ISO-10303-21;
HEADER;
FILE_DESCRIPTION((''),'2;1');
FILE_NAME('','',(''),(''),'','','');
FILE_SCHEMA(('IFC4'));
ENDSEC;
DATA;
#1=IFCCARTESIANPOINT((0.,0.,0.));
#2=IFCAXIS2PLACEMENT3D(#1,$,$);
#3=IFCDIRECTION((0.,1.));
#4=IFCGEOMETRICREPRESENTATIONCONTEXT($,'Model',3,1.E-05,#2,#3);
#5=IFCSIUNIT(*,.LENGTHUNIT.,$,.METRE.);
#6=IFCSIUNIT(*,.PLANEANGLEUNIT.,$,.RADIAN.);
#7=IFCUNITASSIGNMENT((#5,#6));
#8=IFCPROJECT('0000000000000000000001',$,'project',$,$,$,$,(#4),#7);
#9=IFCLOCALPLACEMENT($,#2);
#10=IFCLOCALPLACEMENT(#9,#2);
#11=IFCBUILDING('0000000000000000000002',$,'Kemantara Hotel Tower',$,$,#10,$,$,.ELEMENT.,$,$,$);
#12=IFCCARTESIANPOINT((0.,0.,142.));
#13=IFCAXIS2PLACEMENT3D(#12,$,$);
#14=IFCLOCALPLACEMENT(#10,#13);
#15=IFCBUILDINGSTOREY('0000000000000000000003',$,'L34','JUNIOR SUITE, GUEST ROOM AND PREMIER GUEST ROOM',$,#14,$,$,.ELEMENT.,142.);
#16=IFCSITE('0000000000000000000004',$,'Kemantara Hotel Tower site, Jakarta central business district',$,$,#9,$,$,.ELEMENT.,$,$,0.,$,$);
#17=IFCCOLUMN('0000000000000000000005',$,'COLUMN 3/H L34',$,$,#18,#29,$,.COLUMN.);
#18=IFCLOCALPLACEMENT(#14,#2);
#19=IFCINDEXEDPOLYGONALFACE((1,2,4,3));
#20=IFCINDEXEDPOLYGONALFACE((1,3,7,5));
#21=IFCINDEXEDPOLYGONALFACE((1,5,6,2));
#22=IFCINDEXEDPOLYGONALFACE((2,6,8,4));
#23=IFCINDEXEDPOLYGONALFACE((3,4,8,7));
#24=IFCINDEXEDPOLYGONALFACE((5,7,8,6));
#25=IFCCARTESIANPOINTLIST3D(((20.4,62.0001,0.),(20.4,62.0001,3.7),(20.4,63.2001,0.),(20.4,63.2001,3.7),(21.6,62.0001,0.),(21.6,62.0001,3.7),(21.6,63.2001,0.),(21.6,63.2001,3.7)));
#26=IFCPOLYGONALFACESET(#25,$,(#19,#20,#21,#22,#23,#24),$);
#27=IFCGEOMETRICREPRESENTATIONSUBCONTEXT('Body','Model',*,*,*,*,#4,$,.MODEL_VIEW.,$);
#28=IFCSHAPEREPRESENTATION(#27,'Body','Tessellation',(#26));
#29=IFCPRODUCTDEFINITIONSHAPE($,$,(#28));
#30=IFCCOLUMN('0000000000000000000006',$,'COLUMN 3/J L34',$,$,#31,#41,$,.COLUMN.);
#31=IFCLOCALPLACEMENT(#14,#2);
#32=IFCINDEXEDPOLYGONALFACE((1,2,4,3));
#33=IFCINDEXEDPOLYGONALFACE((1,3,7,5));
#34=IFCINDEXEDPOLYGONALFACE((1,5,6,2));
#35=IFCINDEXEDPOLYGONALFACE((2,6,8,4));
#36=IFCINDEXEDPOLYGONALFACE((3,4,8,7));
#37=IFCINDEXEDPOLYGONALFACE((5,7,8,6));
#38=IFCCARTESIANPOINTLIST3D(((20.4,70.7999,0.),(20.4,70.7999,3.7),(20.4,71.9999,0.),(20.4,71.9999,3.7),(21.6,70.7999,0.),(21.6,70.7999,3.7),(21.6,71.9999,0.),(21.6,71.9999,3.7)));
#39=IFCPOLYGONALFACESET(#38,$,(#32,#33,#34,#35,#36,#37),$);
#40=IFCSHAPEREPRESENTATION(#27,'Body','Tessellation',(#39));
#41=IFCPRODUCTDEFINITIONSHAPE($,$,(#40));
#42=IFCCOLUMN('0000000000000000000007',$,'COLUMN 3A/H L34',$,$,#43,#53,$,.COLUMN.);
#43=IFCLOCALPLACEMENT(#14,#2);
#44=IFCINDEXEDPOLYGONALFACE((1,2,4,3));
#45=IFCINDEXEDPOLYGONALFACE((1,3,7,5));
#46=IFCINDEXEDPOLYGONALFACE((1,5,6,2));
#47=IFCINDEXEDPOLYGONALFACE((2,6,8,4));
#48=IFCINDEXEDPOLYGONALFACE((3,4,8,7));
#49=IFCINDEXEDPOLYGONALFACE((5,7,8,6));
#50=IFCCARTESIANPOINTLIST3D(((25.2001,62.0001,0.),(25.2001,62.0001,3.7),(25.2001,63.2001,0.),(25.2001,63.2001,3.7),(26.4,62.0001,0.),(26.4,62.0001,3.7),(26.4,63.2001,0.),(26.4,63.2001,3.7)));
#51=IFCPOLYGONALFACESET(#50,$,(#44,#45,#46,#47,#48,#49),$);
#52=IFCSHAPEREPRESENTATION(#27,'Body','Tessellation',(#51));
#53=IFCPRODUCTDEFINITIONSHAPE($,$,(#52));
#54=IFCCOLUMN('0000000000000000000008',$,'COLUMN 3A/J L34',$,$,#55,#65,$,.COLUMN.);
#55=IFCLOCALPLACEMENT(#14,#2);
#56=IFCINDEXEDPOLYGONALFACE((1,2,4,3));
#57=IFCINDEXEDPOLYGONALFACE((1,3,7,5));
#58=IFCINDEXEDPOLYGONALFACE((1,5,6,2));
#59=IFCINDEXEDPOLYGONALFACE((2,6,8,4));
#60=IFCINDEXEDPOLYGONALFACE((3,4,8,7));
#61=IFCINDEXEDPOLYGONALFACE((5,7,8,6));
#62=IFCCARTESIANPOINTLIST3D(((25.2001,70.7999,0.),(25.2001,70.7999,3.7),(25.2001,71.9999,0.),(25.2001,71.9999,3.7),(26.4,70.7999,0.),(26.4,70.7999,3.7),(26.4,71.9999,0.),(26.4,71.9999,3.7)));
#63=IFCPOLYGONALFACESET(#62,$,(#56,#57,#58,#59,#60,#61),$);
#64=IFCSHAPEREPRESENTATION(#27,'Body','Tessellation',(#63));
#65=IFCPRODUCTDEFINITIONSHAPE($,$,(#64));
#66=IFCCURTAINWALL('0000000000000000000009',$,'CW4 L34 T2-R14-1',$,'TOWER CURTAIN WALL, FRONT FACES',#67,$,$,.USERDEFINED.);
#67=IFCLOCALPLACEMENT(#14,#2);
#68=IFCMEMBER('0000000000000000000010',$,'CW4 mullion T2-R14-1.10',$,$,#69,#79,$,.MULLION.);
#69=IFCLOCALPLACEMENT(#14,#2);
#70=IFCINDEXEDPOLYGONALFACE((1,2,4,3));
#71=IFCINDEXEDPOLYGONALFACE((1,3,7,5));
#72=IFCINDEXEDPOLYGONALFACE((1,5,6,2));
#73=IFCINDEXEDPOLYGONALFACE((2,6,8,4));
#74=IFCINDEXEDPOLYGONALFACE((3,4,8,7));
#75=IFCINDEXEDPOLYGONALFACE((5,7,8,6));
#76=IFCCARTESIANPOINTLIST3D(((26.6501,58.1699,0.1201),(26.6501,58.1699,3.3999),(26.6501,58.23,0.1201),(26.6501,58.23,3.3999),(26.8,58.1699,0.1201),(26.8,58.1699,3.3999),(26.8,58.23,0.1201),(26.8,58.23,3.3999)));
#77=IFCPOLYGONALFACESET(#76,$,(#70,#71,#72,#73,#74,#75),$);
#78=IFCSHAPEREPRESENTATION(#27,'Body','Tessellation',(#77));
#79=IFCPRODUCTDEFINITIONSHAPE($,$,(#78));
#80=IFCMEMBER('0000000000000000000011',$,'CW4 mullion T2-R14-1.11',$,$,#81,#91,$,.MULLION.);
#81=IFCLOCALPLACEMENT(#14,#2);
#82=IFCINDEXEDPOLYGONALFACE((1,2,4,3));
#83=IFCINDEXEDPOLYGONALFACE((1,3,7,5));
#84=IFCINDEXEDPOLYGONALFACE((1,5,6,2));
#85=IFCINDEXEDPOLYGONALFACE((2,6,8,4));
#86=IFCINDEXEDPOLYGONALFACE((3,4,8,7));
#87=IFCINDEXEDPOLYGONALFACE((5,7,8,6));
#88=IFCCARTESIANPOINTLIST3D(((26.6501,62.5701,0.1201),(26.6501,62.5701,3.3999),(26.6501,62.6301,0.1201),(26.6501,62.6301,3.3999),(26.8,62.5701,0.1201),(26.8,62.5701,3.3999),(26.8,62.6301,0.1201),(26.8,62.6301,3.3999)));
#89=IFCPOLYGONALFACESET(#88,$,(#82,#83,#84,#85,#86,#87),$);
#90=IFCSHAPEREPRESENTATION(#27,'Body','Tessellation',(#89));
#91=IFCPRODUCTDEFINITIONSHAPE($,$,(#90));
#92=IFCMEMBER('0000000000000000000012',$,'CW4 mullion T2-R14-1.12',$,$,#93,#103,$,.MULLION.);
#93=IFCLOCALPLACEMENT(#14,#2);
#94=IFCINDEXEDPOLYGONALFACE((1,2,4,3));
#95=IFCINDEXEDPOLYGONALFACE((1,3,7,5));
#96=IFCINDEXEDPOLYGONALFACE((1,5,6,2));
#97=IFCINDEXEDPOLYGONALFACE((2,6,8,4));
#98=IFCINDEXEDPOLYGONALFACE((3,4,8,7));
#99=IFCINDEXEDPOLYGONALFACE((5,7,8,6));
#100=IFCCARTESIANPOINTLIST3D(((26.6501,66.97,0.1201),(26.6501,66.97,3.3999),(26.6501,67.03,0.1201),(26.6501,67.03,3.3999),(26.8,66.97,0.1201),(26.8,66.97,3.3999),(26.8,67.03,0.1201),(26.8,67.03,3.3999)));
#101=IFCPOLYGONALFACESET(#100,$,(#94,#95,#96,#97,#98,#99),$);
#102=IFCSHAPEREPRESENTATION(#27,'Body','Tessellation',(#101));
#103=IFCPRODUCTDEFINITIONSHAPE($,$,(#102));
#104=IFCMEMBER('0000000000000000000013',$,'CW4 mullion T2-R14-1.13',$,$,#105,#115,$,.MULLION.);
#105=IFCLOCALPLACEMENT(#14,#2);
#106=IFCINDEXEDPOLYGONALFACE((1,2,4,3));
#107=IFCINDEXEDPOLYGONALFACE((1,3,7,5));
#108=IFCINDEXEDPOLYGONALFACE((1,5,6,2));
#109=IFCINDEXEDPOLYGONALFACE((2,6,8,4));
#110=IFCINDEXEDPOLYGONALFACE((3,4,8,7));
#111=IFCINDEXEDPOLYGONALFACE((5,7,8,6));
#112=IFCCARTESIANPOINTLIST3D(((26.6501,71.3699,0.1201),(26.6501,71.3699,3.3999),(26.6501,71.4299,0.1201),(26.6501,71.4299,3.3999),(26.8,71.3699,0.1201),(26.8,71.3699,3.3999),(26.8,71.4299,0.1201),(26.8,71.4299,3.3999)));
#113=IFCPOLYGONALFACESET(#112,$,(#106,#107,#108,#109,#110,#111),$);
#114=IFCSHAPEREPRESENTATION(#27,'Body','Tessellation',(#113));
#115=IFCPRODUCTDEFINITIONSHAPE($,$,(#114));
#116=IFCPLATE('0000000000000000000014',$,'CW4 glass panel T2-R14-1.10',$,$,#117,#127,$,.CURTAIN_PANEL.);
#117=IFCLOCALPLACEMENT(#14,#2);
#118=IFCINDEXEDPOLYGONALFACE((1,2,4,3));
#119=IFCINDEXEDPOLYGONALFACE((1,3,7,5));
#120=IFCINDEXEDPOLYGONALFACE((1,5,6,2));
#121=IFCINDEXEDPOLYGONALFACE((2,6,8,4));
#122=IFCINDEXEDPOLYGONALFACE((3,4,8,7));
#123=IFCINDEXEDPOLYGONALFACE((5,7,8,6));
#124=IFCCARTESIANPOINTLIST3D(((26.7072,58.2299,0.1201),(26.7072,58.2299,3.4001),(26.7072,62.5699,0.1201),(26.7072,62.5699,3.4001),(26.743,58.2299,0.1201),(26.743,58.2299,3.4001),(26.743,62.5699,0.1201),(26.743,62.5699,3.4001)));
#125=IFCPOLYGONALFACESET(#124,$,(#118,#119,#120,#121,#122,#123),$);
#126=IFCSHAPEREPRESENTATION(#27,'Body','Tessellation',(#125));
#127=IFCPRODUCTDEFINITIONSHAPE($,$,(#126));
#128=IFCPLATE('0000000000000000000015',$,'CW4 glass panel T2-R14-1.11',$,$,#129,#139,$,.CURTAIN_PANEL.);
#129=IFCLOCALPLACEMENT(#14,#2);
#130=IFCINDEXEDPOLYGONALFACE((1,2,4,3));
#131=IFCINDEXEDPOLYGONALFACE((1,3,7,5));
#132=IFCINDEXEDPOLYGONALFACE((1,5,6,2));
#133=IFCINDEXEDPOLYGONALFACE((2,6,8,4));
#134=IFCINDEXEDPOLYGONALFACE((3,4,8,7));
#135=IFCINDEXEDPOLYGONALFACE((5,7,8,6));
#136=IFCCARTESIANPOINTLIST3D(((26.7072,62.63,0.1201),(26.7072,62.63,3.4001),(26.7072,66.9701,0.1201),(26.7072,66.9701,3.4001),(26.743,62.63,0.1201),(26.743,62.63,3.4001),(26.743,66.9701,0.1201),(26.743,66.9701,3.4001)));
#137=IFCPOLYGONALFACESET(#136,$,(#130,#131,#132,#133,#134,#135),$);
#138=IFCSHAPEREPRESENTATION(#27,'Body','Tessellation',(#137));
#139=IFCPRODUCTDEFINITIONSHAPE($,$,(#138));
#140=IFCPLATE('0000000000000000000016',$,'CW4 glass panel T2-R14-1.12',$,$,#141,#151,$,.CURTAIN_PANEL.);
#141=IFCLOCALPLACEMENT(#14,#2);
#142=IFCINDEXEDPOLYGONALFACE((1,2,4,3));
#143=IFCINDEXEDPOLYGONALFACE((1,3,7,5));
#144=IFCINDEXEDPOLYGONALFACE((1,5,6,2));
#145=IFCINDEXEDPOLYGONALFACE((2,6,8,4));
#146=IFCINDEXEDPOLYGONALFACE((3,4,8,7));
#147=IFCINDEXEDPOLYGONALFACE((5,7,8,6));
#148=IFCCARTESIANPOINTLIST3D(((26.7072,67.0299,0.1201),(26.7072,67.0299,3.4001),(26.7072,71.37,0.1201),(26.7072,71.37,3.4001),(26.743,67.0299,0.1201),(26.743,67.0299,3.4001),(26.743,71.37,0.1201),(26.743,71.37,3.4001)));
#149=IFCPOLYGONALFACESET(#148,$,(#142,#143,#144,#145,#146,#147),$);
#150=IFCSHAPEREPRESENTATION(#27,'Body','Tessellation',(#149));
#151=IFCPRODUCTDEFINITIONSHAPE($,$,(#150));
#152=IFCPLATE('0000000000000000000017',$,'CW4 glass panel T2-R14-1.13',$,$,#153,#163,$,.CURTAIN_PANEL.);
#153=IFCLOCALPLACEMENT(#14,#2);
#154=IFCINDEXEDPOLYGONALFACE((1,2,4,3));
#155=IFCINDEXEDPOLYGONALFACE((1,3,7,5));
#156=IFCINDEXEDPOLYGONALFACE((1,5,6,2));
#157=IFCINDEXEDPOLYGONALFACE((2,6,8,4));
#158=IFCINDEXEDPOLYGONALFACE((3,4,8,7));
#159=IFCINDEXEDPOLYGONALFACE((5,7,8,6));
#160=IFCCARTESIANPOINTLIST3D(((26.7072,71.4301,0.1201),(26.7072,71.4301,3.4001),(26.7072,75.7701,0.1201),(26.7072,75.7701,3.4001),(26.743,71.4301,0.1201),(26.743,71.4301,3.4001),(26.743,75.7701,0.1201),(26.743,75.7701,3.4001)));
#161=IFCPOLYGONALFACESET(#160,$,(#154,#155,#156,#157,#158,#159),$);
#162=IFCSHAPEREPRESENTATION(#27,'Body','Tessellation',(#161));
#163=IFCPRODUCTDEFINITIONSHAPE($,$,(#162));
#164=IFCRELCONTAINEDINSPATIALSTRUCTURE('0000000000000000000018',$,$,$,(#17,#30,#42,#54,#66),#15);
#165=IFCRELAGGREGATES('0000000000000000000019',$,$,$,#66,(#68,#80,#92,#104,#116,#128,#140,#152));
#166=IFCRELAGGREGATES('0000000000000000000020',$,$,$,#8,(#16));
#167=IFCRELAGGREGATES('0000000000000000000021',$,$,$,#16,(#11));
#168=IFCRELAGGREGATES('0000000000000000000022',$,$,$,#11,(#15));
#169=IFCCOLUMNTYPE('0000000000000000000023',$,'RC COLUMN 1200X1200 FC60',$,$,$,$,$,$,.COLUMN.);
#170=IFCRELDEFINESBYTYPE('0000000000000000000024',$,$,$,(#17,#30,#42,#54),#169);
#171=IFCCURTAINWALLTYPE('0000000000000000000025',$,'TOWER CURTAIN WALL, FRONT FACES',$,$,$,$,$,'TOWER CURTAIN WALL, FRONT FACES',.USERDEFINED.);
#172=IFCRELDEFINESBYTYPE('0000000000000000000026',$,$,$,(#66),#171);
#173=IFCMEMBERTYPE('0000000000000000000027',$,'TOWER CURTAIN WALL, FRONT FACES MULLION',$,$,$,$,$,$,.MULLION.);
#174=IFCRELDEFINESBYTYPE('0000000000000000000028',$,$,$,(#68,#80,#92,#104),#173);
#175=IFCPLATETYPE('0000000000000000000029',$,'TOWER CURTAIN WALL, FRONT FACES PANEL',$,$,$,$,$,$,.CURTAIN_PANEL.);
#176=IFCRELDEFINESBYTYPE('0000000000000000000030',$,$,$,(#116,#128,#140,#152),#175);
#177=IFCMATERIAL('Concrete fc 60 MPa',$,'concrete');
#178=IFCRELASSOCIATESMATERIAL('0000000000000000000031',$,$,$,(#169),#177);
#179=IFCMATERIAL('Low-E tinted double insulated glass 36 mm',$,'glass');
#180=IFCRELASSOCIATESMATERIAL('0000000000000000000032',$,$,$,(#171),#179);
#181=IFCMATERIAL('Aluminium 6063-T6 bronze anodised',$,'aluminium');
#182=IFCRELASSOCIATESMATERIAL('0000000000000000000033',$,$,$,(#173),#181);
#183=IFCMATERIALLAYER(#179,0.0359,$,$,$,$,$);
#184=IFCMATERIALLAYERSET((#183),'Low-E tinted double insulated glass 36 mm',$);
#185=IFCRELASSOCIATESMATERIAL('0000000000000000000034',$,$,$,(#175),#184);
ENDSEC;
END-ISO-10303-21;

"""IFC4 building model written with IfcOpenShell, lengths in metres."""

from ifc_helpers import new_model, si_unit, direction, frame, origin, origin_2d, place, context, subcontext, project, spatial, rectangle, extrude, source, transform, mapped, material, layer, layer_set, material_profile, profile_set, type_object, element, aggregate, save


model = new_model("IFC4")

# Units and contexts
model_context = context("Model", 3, precision=1e-05, world=origin(), true_north=direction((0.0, 1.0)))
body_context = subcontext(model_context, "Body", "Model", "MODEL_VIEW")
ifc_project = project(units=[si_unit("LENGTHUNIT", "METRE"), si_unit("PLANEANGLEUNIT", "RADIAN")], contexts=[model_context])

# Site, building, storey
site_placement = place(None, origin())
site = spatial("IfcSite", under=ifc_project, at=site_placement, Name="Kemantara Hotel Tower site, Jakarta central business district", CompositionType="ELEMENT", RefElevation=0.0)
building_placement = place(site_placement, origin())
building = spatial("IfcBuilding", under=site, at=building_placement, Name="Kemantara Hotel Tower", CompositionType="ELEMENT")
storey_placement = place(building_placement, frame((0.0, 0.0, 142.0)))
storey = spatial("IfcBuildingStorey", under=building, at=storey_placement, Name="L34", Description="JUNIOR SUITE, GUEST ROOM AND PREMIER GUEST ROOM", CompositionType="ELEMENT", Elevation=142.0)

# Columns
ifc_material_1 = material(Name="Concrete fc 60 MPa", Category="concrete")
ifc_material_profile_1 = material_profile(ifc_material_1, rectangle(XDim=1.2, YDim=1.2, at=origin_2d()), Name="RC 1200X1200")
ifc_profile_set_1 = profile_set([ifc_material_profile_1], Name="Concrete fc 60 MPa")
column_type = type_object("IfcColumnType", Name="RC COLUMN 1200X1200 FC60", PredefinedType="COLUMN", material=ifc_profile_set_1)
for number, where, z_axis, x_axis, name in (
    (1, (21.0, 62.6001, 0.0), (0.0, 0.0, 1.0), (1.0, 0.0, 0.0), "COLUMN 3/H L34"),
    (2, (21.0, 71.3999, 0.0), (0.0, 0.0, 1.0), (1.0, 0.0, 0.0), "COLUMN 3/J L34"),
    (3, (25.8, 62.6001, 0.0), (0.0, 0.0, 1.0), (1.0, 0.0, 0.0), "COLUMN 3A/H L34"),
    (4, (25.8, 71.3999, 0.0), (0.0, 0.0, 1.0), (1.0, 0.0, 0.0), "COLUMN 3A/J L34"),
):
    element("IfcColumn", number, at=place(storey_placement, frame(where, z_axis=z_axis, x_axis=x_axis)), inside=storey, type_object=column_type, Name=name, PredefinedType="COLUMN", context=body_context, shape_type="SweptSolid", body=[
        extrude(rectangle(XDim=1.2, YDim=1.2, at=origin_2d()), origin(), (0.0, 0.0, 1.0), 3.7),
    ])

# Curtain wall, members, plates
ifc_material_2 = material(Name="Low-E tinted double insulated glass 36 mm", Category="glass")
curtain_wall_type = type_object("IfcCurtainWallType", Name="TOWER CURTAIN WALL, FRONT FACES", ElementType="TOWER CURTAIN WALL, FRONT FACES", PredefinedType="USERDEFINED", material=ifc_material_2)
curtain_wall_placement = place(storey_placement, origin())
curtain_wall = element("IfcCurtainWall", 5, at=curtain_wall_placement, inside=storey, type_object=curtain_wall_type, Name="CW4 L34 T2-R14-1", ObjectType="TOWER CURTAIN WALL, FRONT FACES", PredefinedType="USERDEFINED")
ifc_material_3 = material(Name="Aluminium 6063-T6 bronze anodised", Category="aluminium")
ifc_material_profile_2 = material_profile(ifc_material_3, rectangle(XDim=0.1499, YDim=0.0601, at=origin_2d()), Name="TOWER CURTAIN WALL, FRONT FACES MULLION")
ifc_profile_set_2 = profile_set([ifc_material_profile_2], Name="Aluminium 6063-T6 bronze anodised")
member_type = type_object("IfcMemberType", Name="TOWER CURTAIN WALL, FRONT FACES MULLION", PredefinedType="MULLION", material=ifc_profile_set_2)
shared_shape_1 = source(origin(), body_context, "Body", "SweptSolid", [
    extrude(rectangle(XDim=0.1499, YDim=0.0601, at=origin_2d()), origin(), (0.0, 0.0, 1.0), 3.2798),
])
member_1_placement = place(storey_placement, frame((26.7251, 58.2, 0.1201), z_axis=(0.0, 0.0, 1.0), x_axis=(-1.0, 0.0, 0.0)))
member_1 = element("IfcMember", 6, at=member_1_placement, type_object=member_type, Name="CW4 mullion T2-R14-1.10", PredefinedType="MULLION", context=body_context, shape_type="MappedRepresentation", body=[
    mapped(shared_shape_1, transform((0.0, 0.0, 0.0))),
])
member_2_placement = place(storey_placement, frame((26.7251, 62.6001, 0.1201), z_axis=(0.0, 0.0, 1.0), x_axis=(-1.0, 0.0, 0.0)))
member_2 = element("IfcMember", 7, at=member_2_placement, type_object=member_type, Name="CW4 mullion T2-R14-1.11", PredefinedType="MULLION", context=body_context, shape_type="MappedRepresentation", body=[
    mapped(shared_shape_1, transform((0.0, 0.0, 0.0))),
])
member_3_placement = place(storey_placement, frame((26.7251, 67.0, 0.1201), z_axis=(0.0, 0.0, 1.0), x_axis=(-1.0, 0.0, 0.0)))
member_3 = element("IfcMember", 8, at=member_3_placement, type_object=member_type, Name="CW4 mullion T2-R14-1.12", PredefinedType="MULLION", context=body_context, shape_type="MappedRepresentation", body=[
    mapped(shared_shape_1, transform((0.0, 0.0, 0.0))),
])
member_4_placement = place(storey_placement, frame((26.7251, 71.3999, 0.1201), z_axis=(0.0, 0.0, 1.0), x_axis=(-1.0, 0.0, 0.0)))
member_4 = element("IfcMember", 9, at=member_4_placement, type_object=member_type, Name="CW4 mullion T2-R14-1.13", PredefinedType="MULLION", context=body_context, shape_type="MappedRepresentation", body=[
    mapped(shared_shape_1, transform((0.0, 0.0, 0.0))),
])
ifc_layer_1 = layer(ifc_material_2, 0.0359)
ifc_layer_set_1 = layer_set([ifc_layer_1], Name="Low-E tinted double insulated glass 36 mm")
plate_type = type_object("IfcPlateType", Name="TOWER CURTAIN WALL, FRONT FACES PANEL", PredefinedType="CURTAIN_PANEL", material=ifc_layer_set_1)
shared_shape_2 = source(origin(), body_context, "Body", "SweptSolid", [
    extrude(rectangle(XDim=4.3401, YDim=0.0359, at=origin_2d()), origin(), (0.0, 0.0, 1.0), 3.28),
])
plate_1_placement = place(storey_placement, frame((26.7251, 60.3999, 0.1201), z_axis=(0.0, 0.0, 1.0), x_axis=(0.0, 1.0, 0.0)))
plate_1 = element("IfcPlate", 10, at=plate_1_placement, type_object=plate_type, Name="CW4 glass panel T2-R14-1.10", PredefinedType="CURTAIN_PANEL", context=body_context, shape_type="MappedRepresentation", body=[
    mapped(shared_shape_2, transform((0.0, 0.0, 0.0))),
])
plate_2_placement = place(storey_placement, frame((26.7251, 64.8, 0.1201), z_axis=(0.0, 0.0, 1.0), x_axis=(0.0, 1.0, 0.0)))
plate_2 = element("IfcPlate", 11, at=plate_2_placement, type_object=plate_type, Name="CW4 glass panel T2-R14-1.11", PredefinedType="CURTAIN_PANEL", context=body_context, shape_type="MappedRepresentation", body=[
    mapped(shared_shape_2, transform((0.0, 0.0, 0.0))),
])
plate_3_placement = place(storey_placement, frame((26.7251, 69.2, 0.1201), z_axis=(0.0, 0.0, 1.0), x_axis=(0.0, 1.0, 0.0)))
plate_3 = element("IfcPlate", 12, at=plate_3_placement, type_object=plate_type, Name="CW4 glass panel T2-R14-1.12", PredefinedType="CURTAIN_PANEL", context=body_context, shape_type="MappedRepresentation", body=[
    mapped(shared_shape_2, transform((0.0, 0.0, 0.0))),
])
plate_4_placement = place(storey_placement, frame((26.7251, 73.6001, 0.1201), z_axis=(0.0, 0.0, 1.0), x_axis=(0.0, 1.0, 0.0)))
plate_4 = element("IfcPlate", 13, at=plate_4_placement, type_object=plate_type, Name="CW4 glass panel T2-R14-1.13", PredefinedType="CURTAIN_PANEL", context=body_context, shape_type="MappedRepresentation", body=[
    mapped(shared_shape_2, transform((0.0, 0.0, 0.0))),
])
aggregate(curtain_wall, [member_1, member_2, member_3, member_4, plate_1, plate_2, plate_3, plate_4])

save(model, "model.ifc")
